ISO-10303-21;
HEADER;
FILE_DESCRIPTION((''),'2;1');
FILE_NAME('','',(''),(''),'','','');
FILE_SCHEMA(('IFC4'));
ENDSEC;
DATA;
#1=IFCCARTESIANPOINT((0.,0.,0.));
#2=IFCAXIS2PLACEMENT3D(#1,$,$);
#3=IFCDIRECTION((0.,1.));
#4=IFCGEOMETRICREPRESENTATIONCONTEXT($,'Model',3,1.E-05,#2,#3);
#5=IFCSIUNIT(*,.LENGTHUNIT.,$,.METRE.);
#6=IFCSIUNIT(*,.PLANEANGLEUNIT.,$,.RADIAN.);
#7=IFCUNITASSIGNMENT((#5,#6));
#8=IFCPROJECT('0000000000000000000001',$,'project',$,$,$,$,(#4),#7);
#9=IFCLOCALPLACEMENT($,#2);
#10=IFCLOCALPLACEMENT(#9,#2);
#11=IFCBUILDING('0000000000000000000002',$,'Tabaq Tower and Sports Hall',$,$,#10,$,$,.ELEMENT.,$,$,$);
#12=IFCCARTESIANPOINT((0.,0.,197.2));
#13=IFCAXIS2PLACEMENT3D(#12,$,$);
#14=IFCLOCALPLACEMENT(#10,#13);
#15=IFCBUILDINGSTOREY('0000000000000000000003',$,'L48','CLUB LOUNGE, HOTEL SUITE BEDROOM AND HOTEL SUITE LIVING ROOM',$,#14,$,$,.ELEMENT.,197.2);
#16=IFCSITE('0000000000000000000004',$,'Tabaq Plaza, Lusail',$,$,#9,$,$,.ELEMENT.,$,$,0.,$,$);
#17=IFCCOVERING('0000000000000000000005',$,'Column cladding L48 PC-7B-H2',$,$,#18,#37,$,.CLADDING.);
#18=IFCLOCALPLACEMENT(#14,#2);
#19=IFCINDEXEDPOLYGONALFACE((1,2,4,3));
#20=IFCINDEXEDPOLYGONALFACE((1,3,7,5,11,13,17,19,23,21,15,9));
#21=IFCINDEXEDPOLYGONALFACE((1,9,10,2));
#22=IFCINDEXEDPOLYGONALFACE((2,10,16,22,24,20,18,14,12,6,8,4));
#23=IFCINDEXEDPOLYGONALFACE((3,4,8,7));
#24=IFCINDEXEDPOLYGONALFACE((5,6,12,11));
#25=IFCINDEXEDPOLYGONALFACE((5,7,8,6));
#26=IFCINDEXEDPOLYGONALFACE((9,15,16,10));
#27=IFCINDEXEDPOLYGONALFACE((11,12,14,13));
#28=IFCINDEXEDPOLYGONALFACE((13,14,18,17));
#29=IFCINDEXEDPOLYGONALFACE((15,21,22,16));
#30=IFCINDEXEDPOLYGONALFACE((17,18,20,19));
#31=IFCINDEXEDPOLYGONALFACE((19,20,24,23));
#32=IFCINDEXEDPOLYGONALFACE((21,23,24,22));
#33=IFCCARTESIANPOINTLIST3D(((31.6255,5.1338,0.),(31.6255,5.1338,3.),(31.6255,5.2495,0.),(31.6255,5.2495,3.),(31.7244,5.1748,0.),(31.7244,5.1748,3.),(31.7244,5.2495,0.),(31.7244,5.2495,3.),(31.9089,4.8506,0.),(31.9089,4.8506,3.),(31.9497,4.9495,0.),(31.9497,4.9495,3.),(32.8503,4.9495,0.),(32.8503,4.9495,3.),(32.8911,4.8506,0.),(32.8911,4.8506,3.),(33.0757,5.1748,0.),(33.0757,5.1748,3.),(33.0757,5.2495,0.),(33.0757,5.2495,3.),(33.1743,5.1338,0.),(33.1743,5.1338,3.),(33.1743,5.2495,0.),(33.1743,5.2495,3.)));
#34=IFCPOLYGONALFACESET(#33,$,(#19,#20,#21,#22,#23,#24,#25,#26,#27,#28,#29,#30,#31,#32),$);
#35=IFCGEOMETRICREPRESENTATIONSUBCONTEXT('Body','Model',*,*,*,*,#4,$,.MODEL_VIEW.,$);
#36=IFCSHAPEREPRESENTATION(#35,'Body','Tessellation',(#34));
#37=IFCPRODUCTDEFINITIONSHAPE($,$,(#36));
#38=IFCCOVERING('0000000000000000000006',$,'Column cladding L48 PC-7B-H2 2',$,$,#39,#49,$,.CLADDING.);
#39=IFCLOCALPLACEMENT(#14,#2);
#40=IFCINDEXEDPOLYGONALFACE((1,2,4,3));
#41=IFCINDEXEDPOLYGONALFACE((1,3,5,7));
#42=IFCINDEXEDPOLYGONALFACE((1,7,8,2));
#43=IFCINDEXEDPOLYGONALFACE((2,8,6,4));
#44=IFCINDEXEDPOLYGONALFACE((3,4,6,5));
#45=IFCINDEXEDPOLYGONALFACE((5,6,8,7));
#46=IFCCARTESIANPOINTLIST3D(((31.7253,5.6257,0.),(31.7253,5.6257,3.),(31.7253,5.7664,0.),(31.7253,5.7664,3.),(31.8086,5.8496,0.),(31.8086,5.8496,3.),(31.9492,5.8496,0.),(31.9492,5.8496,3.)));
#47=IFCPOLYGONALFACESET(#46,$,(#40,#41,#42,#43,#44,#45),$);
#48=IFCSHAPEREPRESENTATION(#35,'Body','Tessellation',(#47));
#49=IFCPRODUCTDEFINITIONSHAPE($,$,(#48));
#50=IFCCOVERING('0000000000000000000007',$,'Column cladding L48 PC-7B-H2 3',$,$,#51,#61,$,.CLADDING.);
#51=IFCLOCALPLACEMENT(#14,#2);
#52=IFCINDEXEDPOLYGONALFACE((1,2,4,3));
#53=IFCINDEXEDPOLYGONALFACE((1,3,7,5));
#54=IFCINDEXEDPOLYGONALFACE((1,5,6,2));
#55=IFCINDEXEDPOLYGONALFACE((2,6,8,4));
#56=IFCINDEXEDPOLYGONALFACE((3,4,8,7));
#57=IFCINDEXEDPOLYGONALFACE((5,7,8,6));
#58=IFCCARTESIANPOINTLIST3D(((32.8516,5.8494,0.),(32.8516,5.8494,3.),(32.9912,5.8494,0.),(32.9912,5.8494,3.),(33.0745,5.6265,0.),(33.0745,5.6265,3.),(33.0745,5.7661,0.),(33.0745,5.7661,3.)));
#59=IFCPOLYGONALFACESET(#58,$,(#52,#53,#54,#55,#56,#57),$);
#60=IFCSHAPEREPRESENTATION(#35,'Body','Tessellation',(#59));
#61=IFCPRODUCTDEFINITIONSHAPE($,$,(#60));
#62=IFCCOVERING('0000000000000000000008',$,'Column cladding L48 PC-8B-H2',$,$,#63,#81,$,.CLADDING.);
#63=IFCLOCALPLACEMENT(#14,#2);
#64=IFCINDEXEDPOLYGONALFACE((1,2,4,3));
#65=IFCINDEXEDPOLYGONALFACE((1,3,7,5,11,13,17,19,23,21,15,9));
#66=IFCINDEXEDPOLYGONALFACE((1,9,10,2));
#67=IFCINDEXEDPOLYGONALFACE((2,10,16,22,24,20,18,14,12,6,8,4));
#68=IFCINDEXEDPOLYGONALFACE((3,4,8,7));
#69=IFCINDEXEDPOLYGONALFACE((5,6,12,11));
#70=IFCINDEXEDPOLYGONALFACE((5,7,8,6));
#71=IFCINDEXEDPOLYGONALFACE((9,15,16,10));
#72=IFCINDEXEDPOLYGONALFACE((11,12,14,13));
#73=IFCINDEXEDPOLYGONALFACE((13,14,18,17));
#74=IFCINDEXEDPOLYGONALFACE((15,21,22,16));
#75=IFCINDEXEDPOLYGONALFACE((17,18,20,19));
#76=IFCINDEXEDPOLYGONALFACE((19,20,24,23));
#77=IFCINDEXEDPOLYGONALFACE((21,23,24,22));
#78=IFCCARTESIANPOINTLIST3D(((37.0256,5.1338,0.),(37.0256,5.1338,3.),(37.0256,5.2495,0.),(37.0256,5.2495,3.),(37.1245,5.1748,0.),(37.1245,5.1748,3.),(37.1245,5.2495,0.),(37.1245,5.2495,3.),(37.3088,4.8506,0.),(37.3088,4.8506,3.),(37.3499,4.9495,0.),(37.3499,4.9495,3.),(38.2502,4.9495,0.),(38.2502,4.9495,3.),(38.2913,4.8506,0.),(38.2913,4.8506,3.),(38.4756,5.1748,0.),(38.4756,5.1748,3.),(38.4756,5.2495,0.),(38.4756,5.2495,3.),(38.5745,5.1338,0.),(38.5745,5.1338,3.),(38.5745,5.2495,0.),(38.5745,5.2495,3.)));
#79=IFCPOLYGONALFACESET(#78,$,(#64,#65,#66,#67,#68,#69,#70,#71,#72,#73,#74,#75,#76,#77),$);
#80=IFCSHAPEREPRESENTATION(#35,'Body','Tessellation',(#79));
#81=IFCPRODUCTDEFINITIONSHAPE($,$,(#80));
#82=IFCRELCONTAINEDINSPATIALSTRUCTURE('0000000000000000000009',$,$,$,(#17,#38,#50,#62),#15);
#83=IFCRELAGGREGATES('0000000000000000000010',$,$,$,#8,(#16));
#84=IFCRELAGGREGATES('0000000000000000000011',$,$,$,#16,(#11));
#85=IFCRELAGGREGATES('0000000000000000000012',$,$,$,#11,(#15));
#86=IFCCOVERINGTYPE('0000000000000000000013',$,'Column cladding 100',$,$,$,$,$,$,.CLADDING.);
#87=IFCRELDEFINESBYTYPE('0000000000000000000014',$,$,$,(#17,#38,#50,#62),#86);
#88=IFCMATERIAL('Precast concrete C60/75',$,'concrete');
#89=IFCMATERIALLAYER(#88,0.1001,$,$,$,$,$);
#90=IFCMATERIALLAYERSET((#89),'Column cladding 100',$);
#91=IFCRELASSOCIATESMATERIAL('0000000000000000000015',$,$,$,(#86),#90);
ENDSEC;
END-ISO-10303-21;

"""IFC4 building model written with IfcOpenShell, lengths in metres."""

from ifc_helpers import new_model, si_unit, direction, frame, origin, place, context, subcontext, project, spatial, polyline, outline, extrude, material, layer, layer_set, type_object, element, save


model = new_model("IFC4")

# Units and contexts
model_context = context("Model", 3, precision=1e-05, world=origin(), true_north=direction((0.0, 1.0)))
body_context = subcontext(model_context, "Body", "Model", "MODEL_VIEW")
ifc_project = project(units=[si_unit("LENGTHUNIT", "METRE"), si_unit("PLANEANGLEUNIT", "RADIAN")], contexts=[model_context])

# Site, building, storey
site_placement = place(None, origin())
site = spatial("IfcSite", under=ifc_project, at=site_placement, Name="Tabaq Plaza, Lusail", CompositionType="ELEMENT", RefElevation=0.0)
building_placement = place(site_placement, origin())
building = spatial("IfcBuilding", under=site, at=building_placement, Name="Tabaq Tower and Sports Hall", CompositionType="ELEMENT")
storey_placement = place(building_placement, frame((0.0, 0.0, 197.2)))
storey = spatial("IfcBuildingStorey", under=building, at=storey_placement, Name="L48", Description="CLUB LOUNGE, HOTEL SUITE BEDROOM AND HOTEL SUITE LIVING ROOM", CompositionType="ELEMENT", Elevation=197.2)

# Coverings
ifc_material_1 = material(Name="Precast concrete C60/75", Category="concrete")
ifc_layer_1 = layer(ifc_material_1, 0.1001)
ifc_layer_set_1 = layer_set([ifc_layer_1], Name="Column cladding 100")
covering_type = type_object("IfcCoveringType", Name="Column cladding 100", PredefinedType="CLADDING", material=ifc_layer_set_1)
covering_1_placement = place(storey_placement, origin())
element("IfcCovering", 1, at=covering_1_placement, inside=storey, type_object=covering_type, Name="Column cladding L48 PC-7B-H2", PredefinedType="CLADDING", context=body_context, shape_type="SweptSolid", body=[
    extrude(outline(polyline([(31.6255, 5.2495), (31.7244, 5.2495), (31.7244, 5.1748), (31.9497, 4.9495), (32.8503, 4.9495), (33.0757, 5.1748), (33.0757, 5.2495), (33.1743, 5.2495), (33.1743, 5.1338), (32.8911, 4.8506), (31.9089, 4.8506), (31.6255, 5.1338), (31.6255, 5.2495)])), origin(), (0.0, 0.0, 1.0), 3.0),
])
covering_2_placement = place(storey_placement, origin())
element("IfcCovering", 2, at=covering_2_placement, inside=storey, type_object=covering_type, Name="Column cladding L48 PC-7B-H2 2", PredefinedType="CLADDING", context=body_context, shape_type="SweptSolid", body=[
    extrude(outline(polyline([(31.8086, 5.8496), (31.9492, 5.8496), (31.7253, 5.6257), (31.7253, 5.7664), (31.8086, 5.8496)])), origin(), (0.0, 0.0, 1.0), 3.0),
])
covering_3_placement = place(storey_placement, origin())
element("IfcCovering", 3, at=covering_3_placement, inside=storey, type_object=covering_type, Name="Column cladding L48 PC-7B-H2 3", PredefinedType="CLADDING", context=body_context, shape_type="SweptSolid", body=[
    extrude(outline(polyline([(33.0745, 5.6265), (32.8516, 5.8494), (32.9912, 5.8494), (33.0745, 5.7661), (33.0745, 5.6265)])), origin(), (0.0, 0.0, 1.0), 3.0),
])
covering_4_placement = place(storey_placement, origin())
element("IfcCovering", 4, at=covering_4_placement, inside=storey, type_object=covering_type, Name="Column cladding L48 PC-8B-H2", PredefinedType="CLADDING", context=body_context, shape_type="SweptSolid", body=[
    extrude(outline(polyline([(37.0256, 5.2495), (37.1245, 5.2495), (37.1245, 5.1748), (37.3499, 4.9495), (38.2502, 4.9495), (38.4756, 5.1748), (38.4756, 5.2495), (38.5745, 5.2495), (38.5745, 5.1338), (38.2913, 4.8506), (37.3088, 4.8506), (37.0256, 5.1338), (37.0256, 5.2495)])), origin(), (0.0, 0.0, 1.0), 3.0),
])

save(model, "model.ifc")
